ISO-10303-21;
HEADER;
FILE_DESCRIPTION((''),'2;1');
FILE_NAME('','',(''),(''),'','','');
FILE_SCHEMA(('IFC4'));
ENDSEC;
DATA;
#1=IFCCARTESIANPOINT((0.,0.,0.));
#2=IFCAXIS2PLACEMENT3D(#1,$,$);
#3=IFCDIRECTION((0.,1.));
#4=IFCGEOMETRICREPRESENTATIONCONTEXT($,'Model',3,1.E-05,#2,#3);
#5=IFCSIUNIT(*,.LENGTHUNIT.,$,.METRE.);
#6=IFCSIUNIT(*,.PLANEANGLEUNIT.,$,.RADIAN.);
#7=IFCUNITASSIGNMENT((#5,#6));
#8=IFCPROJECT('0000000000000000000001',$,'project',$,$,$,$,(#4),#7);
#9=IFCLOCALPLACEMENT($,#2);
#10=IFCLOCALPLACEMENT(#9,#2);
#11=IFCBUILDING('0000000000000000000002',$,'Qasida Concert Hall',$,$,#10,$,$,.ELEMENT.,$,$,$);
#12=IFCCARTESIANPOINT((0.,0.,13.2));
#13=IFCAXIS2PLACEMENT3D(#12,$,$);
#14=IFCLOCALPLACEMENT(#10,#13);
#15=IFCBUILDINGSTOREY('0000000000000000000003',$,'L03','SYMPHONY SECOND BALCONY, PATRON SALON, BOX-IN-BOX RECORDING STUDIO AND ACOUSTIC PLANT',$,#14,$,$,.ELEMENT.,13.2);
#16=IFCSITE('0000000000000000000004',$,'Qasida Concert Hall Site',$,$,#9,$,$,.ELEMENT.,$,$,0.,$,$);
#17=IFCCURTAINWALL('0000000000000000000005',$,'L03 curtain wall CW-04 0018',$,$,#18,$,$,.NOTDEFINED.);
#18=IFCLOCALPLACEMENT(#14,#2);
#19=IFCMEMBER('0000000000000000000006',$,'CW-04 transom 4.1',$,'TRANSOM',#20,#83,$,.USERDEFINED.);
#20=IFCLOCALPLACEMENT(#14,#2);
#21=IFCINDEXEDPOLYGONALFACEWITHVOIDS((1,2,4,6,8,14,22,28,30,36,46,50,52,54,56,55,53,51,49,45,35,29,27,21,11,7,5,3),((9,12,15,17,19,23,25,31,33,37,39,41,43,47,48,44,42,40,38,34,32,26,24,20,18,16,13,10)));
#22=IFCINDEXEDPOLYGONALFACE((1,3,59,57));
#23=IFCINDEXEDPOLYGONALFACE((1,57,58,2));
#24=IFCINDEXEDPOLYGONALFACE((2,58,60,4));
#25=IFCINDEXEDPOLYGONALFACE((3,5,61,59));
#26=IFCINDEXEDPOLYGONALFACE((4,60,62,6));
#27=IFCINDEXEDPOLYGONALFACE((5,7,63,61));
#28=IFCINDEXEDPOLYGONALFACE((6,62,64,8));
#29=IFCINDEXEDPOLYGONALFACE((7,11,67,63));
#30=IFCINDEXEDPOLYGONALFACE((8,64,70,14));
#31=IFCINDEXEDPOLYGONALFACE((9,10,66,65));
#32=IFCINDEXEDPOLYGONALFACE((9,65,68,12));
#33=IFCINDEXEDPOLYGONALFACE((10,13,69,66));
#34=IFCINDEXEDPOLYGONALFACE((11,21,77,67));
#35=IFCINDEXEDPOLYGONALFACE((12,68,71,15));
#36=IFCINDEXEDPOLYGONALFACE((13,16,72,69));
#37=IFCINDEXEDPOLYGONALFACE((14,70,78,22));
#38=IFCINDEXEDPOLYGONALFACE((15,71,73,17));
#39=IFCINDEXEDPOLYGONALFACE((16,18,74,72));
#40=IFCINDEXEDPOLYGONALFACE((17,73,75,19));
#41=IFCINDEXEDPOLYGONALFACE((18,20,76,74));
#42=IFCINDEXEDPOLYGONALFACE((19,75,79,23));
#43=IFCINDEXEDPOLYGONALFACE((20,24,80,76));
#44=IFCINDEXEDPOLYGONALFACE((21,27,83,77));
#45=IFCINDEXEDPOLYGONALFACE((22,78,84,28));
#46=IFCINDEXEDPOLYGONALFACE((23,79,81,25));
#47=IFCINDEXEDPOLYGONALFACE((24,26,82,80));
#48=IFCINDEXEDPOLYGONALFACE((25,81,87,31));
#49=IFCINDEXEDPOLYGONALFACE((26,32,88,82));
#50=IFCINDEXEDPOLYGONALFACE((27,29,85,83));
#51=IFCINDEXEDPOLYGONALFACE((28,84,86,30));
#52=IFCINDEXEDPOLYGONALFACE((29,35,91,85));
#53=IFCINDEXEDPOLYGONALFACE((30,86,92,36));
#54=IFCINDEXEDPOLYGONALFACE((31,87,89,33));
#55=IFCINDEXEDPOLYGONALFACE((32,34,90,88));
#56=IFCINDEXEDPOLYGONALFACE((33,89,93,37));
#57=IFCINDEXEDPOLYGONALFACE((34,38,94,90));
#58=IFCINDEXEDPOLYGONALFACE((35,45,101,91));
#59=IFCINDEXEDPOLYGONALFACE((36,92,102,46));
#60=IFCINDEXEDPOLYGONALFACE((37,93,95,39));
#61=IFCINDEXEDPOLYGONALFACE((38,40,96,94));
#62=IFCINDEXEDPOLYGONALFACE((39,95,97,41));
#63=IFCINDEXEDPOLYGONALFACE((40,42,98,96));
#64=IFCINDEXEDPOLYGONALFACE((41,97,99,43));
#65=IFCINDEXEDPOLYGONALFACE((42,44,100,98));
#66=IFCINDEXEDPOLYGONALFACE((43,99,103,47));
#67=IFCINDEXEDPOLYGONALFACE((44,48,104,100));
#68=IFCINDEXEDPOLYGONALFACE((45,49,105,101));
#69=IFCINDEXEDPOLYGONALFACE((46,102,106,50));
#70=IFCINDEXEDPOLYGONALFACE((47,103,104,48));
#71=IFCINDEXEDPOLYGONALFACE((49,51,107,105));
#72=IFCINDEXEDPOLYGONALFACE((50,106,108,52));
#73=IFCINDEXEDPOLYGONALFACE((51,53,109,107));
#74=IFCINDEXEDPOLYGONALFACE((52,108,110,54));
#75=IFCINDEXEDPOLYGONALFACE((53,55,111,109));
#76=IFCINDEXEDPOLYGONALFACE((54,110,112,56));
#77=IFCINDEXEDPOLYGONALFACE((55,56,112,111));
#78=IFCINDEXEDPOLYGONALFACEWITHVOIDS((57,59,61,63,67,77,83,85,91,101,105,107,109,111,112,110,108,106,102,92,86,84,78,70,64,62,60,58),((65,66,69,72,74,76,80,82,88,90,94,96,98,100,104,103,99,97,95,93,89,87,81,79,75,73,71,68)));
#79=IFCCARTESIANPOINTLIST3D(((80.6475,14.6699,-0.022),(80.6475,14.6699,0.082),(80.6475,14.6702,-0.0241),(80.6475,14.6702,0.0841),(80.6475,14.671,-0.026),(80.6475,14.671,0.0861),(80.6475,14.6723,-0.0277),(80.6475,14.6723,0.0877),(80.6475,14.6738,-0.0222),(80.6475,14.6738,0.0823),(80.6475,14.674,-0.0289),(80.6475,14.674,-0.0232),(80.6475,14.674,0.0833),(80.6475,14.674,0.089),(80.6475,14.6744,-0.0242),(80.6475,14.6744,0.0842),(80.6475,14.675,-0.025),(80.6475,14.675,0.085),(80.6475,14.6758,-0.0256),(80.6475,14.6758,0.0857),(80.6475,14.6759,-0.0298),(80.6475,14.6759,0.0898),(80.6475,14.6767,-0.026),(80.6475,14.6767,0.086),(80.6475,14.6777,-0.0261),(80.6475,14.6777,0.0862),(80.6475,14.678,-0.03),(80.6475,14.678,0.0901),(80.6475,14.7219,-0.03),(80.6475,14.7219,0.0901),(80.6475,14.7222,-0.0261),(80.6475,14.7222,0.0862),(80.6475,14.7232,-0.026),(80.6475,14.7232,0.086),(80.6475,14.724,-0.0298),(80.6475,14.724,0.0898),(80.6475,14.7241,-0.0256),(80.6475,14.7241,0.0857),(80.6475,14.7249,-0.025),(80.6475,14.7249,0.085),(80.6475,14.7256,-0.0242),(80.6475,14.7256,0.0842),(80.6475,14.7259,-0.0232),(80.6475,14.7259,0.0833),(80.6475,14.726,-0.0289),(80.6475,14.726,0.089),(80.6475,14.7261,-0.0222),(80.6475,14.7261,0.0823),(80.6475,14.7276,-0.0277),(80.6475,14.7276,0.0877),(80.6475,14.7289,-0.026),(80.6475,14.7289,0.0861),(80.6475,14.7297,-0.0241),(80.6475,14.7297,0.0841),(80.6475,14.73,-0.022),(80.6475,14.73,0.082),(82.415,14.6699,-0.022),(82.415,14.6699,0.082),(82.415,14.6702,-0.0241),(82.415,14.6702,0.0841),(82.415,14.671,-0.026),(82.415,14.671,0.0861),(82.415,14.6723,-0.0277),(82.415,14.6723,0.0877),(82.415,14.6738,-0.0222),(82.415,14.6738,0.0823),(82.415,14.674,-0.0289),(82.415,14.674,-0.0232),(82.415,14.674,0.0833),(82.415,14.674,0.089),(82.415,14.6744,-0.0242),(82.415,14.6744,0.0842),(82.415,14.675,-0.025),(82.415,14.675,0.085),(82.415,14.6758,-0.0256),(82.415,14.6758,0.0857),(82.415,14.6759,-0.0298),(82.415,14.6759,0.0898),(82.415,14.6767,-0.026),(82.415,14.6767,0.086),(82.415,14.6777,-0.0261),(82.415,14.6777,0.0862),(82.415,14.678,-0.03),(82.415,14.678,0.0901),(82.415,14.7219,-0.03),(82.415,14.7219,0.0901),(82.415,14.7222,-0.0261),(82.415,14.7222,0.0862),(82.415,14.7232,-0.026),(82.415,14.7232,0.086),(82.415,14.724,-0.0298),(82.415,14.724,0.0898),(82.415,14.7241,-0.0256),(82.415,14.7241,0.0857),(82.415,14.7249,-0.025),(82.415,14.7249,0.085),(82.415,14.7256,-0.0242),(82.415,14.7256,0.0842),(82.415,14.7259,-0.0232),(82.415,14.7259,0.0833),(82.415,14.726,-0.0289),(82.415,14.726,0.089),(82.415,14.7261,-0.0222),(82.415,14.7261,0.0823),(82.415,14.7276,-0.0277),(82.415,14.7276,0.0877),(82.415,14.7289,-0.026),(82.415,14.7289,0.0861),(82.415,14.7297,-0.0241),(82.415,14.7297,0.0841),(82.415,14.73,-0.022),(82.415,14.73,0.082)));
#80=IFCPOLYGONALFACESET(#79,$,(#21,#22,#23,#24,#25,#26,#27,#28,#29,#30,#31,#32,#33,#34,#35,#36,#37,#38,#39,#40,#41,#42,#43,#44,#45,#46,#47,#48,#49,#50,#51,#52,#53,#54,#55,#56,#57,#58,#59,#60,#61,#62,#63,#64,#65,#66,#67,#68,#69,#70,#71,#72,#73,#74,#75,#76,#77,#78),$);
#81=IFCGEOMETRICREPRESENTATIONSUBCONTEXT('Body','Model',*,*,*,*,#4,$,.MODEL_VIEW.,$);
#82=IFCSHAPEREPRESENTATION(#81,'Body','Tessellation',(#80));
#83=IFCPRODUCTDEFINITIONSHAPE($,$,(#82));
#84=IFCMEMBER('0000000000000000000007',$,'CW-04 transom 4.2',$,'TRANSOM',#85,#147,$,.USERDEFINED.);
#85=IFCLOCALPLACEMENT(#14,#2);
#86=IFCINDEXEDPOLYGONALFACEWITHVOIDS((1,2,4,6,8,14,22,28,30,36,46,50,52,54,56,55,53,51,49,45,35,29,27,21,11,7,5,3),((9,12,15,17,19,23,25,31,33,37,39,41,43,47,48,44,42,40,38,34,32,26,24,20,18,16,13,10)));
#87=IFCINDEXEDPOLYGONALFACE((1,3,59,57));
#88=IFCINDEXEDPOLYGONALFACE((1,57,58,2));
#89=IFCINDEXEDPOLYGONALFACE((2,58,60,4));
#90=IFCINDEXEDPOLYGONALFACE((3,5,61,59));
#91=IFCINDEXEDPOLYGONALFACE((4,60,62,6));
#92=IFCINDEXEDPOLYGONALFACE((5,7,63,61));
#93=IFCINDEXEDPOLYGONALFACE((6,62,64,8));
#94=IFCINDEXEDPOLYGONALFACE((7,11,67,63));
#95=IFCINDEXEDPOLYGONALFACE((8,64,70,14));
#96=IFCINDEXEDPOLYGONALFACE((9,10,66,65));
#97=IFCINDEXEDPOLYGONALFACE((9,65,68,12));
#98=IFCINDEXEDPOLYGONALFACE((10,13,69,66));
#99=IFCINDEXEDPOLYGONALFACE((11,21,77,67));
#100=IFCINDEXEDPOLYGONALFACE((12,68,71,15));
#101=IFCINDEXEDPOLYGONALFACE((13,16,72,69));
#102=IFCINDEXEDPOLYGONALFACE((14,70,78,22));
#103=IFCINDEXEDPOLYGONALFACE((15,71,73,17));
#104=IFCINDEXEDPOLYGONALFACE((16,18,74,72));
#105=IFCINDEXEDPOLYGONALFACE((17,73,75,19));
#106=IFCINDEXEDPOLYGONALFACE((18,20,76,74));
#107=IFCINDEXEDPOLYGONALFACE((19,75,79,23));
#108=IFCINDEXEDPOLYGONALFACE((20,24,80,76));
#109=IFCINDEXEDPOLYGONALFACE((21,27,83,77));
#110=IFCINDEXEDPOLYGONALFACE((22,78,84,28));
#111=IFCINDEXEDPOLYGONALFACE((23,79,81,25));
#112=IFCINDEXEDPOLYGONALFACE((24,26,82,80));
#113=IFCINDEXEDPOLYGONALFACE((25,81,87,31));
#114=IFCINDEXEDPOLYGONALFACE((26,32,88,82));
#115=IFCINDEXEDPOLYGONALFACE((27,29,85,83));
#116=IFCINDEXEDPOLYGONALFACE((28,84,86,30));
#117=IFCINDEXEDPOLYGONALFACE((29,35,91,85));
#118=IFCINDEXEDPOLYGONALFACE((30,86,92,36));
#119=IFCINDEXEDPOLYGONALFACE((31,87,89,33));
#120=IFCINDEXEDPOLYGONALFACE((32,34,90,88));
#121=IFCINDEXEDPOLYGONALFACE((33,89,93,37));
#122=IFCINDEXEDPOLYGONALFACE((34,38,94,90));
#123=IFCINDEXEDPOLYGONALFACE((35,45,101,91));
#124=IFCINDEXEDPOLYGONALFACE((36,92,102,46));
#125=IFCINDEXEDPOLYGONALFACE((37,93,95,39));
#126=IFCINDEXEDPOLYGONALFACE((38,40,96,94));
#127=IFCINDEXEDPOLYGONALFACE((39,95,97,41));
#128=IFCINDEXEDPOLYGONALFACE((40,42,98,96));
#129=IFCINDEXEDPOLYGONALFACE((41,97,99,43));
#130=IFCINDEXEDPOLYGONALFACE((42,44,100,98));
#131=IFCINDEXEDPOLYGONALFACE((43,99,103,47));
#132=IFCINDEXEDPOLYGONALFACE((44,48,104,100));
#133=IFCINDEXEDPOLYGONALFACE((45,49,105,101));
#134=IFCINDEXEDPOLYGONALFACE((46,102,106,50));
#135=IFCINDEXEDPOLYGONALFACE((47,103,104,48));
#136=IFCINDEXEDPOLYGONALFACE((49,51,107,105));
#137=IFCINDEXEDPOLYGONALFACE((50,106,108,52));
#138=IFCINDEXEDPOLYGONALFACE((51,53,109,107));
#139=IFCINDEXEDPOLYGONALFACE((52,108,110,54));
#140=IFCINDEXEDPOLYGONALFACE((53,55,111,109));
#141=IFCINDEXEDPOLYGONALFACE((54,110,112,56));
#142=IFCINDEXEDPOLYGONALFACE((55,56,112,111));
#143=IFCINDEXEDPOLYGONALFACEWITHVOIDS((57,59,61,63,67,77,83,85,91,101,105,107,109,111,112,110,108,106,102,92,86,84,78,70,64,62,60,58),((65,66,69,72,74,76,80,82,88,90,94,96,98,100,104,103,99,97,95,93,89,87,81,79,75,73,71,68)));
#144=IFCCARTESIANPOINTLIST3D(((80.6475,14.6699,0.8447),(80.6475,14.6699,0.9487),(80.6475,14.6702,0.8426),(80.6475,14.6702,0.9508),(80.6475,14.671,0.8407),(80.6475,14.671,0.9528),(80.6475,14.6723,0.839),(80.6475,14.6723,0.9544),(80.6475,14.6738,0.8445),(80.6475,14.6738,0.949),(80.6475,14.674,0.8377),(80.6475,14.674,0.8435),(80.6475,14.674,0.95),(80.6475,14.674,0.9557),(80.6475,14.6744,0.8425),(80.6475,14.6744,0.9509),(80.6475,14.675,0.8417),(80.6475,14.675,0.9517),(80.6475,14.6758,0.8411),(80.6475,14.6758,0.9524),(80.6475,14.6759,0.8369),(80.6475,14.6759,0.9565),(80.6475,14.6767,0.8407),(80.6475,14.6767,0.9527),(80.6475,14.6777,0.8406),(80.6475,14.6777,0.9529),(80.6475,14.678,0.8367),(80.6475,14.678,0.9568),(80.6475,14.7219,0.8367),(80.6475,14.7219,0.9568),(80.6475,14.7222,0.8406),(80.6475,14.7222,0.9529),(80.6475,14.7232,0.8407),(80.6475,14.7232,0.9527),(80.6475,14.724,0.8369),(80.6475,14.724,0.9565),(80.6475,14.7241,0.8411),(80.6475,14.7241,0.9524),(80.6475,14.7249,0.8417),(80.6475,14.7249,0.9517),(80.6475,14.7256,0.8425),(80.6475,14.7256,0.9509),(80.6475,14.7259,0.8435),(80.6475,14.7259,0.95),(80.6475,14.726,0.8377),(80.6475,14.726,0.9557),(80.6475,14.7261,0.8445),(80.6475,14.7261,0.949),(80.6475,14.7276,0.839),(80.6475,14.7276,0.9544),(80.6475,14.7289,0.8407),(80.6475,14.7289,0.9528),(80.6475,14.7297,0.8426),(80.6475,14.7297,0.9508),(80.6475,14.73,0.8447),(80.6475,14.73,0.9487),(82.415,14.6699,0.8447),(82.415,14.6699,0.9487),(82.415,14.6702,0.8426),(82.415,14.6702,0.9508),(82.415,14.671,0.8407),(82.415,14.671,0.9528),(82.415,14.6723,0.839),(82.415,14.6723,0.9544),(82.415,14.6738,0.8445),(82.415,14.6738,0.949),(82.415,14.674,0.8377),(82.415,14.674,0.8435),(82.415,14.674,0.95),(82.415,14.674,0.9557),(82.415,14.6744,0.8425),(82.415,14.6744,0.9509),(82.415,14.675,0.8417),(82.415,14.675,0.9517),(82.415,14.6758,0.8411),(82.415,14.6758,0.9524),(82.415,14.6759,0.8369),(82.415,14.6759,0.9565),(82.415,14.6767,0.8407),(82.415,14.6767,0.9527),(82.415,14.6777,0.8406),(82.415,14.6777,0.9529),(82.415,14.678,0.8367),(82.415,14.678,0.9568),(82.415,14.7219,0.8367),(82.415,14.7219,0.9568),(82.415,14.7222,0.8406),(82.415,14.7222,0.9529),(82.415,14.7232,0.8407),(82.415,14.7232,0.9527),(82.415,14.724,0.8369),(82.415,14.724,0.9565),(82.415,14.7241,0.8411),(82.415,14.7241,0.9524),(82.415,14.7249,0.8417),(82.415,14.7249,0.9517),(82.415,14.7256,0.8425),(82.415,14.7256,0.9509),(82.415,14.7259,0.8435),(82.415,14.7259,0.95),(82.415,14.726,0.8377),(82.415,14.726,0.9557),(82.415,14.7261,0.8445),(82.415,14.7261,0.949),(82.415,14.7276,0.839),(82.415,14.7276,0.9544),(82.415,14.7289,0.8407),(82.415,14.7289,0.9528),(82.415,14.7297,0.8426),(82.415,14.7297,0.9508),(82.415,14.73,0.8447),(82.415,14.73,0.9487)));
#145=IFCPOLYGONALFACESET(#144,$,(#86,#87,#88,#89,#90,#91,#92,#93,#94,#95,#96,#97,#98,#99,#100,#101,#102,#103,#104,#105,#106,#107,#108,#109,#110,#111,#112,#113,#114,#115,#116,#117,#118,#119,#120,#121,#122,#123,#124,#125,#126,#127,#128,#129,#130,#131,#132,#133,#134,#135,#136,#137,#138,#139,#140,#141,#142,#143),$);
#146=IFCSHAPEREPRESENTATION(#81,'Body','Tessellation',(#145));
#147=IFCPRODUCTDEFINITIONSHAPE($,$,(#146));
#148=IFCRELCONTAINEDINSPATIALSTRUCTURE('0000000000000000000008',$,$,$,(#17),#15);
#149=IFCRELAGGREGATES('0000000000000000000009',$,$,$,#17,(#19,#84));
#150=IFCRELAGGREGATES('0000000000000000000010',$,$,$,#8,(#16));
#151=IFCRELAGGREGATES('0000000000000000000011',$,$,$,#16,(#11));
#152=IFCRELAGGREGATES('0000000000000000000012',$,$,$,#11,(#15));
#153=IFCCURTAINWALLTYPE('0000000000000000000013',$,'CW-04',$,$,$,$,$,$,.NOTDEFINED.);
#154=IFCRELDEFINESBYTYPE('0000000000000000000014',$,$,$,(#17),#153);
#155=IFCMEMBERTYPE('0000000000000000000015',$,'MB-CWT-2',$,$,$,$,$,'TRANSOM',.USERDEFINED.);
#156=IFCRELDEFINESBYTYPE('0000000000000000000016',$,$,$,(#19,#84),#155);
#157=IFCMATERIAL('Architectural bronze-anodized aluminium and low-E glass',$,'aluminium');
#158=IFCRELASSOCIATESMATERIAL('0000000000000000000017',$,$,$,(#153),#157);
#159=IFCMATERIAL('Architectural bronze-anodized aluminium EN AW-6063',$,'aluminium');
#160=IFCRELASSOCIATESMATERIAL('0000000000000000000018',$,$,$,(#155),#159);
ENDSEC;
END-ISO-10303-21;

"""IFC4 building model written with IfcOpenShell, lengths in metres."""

from ifc_helpers import new_model, si_unit, direction, frame, origin, origin_2d, place, context, subcontext, project, spatial, hollow_rectangle, extrude, material, material_profile, profile_set, type_object, element, aggregate, save


model = new_model("IFC4")

# Units and contexts
model_context = context("Model", 3, precision=1e-05, world=origin(), true_north=direction((0.0, 1.0)))
body_context = subcontext(model_context, "Body", "Model", "MODEL_VIEW")
ifc_project = project(units=[si_unit("LENGTHUNIT", "METRE"), si_unit("PLANEANGLEUNIT", "RADIAN")], contexts=[model_context])

# Site, building, storey
site_placement = place(None, origin())
site = spatial("IfcSite", under=ifc_project, at=site_placement, Name="Qasida Concert Hall Site", CompositionType="ELEMENT", RefElevation=0.0)
building_placement = place(site_placement, origin())
building = spatial("IfcBuilding", under=site, at=building_placement, Name="Qasida Concert Hall", CompositionType="ELEMENT")
storey_placement = place(building_placement, frame((0.0, 0.0, 13.2)))
storey = spatial("IfcBuildingStorey", under=building, at=storey_placement, Name="L03", Description="SYMPHONY SECOND BALCONY, PATRON SALON, BOX-IN-BOX RECORDING STUDIO AND ACOUSTIC PLANT", CompositionType="ELEMENT", Elevation=13.2)

# Curtain wall
ifc_material_1 = material(Name="Architectural bronze-anodized aluminium and low-E glass", Category="aluminium")
curtain_wall_type = type_object("IfcCurtainWallType", Name="CW-04", PredefinedType="NOTDEFINED", material=ifc_material_1)
curtain_wall_1_placement = place(storey_placement, origin())
curtain_wall_1 = element("IfcCurtainWall", 1, at=curtain_wall_1_placement, inside=storey, type_object=curtain_wall_type, Name="L03 curtain wall CW-04 0018", PredefinedType="NOTDEFINED")
ifc_material_2 = material(Name="Architectural bronze-anodized aluminium EN AW-6063", Category="aluminium")

# Members
ifc_material_profile_1 = material_profile(ifc_material_2, hollow_rectangle(XDim=0.0601, YDim=0.1201, WallThickness=0.0039, InnerFilletRadius=0.0039, OuterFilletRadius=0.0081, at=origin_2d()), Name="CWT 120x60x4")
ifc_profile_set_1 = profile_set([ifc_material_profile_1], Name="Architectural bronze-anodized aluminium EN AW-6063")
member_type_1 = type_object("IfcMemberType", Name="MB-CWT-2", ElementType="TRANSOM", PredefinedType="USERDEFINED", material=ifc_profile_set_1)
member_1_placement = place(storey_placement, frame((80.6475, 14.7, 0.03), z_axis=(1.0, 0.0, 0.0), x_axis=(0.0, 1.0, 0.0)))
member_1 = element("IfcMember", 2, at=member_1_placement, type_object=member_type_1, Name="CW-04 transom 4.1", ObjectType="TRANSOM", PredefinedType="USERDEFINED", context=body_context, shape_type="SweptSolid", body=[
    extrude(hollow_rectangle(XDim=0.0601, YDim=0.1201, WallThickness=0.0039, InnerFilletRadius=0.0039, OuterFilletRadius=0.0081, at=origin_2d()), origin(), (0.0, 0.0, 1.0), 1.7676),
])
member_2_placement = place(storey_placement, frame((80.6475, 14.7, 0.8967), z_axis=(1.0, 0.0, 0.0), x_axis=(0.0, 1.0, 0.0)))
member_2 = element("IfcMember", 3, at=member_2_placement, type_object=member_type_1, Name="CW-04 transom 4.2", ObjectType="TRANSOM", PredefinedType="USERDEFINED", context=body_context, shape_type="SweptSolid", body=[
    extrude(hollow_rectangle(XDim=0.0601, YDim=0.1201, WallThickness=0.0039, InnerFilletRadius=0.0039, OuterFilletRadius=0.0081, at=origin_2d()), origin(), (0.0, 0.0, 1.0), 1.7676),
])

aggregate(curtain_wall_1, [member_1, member_2])

save(model, "model.ifc")
